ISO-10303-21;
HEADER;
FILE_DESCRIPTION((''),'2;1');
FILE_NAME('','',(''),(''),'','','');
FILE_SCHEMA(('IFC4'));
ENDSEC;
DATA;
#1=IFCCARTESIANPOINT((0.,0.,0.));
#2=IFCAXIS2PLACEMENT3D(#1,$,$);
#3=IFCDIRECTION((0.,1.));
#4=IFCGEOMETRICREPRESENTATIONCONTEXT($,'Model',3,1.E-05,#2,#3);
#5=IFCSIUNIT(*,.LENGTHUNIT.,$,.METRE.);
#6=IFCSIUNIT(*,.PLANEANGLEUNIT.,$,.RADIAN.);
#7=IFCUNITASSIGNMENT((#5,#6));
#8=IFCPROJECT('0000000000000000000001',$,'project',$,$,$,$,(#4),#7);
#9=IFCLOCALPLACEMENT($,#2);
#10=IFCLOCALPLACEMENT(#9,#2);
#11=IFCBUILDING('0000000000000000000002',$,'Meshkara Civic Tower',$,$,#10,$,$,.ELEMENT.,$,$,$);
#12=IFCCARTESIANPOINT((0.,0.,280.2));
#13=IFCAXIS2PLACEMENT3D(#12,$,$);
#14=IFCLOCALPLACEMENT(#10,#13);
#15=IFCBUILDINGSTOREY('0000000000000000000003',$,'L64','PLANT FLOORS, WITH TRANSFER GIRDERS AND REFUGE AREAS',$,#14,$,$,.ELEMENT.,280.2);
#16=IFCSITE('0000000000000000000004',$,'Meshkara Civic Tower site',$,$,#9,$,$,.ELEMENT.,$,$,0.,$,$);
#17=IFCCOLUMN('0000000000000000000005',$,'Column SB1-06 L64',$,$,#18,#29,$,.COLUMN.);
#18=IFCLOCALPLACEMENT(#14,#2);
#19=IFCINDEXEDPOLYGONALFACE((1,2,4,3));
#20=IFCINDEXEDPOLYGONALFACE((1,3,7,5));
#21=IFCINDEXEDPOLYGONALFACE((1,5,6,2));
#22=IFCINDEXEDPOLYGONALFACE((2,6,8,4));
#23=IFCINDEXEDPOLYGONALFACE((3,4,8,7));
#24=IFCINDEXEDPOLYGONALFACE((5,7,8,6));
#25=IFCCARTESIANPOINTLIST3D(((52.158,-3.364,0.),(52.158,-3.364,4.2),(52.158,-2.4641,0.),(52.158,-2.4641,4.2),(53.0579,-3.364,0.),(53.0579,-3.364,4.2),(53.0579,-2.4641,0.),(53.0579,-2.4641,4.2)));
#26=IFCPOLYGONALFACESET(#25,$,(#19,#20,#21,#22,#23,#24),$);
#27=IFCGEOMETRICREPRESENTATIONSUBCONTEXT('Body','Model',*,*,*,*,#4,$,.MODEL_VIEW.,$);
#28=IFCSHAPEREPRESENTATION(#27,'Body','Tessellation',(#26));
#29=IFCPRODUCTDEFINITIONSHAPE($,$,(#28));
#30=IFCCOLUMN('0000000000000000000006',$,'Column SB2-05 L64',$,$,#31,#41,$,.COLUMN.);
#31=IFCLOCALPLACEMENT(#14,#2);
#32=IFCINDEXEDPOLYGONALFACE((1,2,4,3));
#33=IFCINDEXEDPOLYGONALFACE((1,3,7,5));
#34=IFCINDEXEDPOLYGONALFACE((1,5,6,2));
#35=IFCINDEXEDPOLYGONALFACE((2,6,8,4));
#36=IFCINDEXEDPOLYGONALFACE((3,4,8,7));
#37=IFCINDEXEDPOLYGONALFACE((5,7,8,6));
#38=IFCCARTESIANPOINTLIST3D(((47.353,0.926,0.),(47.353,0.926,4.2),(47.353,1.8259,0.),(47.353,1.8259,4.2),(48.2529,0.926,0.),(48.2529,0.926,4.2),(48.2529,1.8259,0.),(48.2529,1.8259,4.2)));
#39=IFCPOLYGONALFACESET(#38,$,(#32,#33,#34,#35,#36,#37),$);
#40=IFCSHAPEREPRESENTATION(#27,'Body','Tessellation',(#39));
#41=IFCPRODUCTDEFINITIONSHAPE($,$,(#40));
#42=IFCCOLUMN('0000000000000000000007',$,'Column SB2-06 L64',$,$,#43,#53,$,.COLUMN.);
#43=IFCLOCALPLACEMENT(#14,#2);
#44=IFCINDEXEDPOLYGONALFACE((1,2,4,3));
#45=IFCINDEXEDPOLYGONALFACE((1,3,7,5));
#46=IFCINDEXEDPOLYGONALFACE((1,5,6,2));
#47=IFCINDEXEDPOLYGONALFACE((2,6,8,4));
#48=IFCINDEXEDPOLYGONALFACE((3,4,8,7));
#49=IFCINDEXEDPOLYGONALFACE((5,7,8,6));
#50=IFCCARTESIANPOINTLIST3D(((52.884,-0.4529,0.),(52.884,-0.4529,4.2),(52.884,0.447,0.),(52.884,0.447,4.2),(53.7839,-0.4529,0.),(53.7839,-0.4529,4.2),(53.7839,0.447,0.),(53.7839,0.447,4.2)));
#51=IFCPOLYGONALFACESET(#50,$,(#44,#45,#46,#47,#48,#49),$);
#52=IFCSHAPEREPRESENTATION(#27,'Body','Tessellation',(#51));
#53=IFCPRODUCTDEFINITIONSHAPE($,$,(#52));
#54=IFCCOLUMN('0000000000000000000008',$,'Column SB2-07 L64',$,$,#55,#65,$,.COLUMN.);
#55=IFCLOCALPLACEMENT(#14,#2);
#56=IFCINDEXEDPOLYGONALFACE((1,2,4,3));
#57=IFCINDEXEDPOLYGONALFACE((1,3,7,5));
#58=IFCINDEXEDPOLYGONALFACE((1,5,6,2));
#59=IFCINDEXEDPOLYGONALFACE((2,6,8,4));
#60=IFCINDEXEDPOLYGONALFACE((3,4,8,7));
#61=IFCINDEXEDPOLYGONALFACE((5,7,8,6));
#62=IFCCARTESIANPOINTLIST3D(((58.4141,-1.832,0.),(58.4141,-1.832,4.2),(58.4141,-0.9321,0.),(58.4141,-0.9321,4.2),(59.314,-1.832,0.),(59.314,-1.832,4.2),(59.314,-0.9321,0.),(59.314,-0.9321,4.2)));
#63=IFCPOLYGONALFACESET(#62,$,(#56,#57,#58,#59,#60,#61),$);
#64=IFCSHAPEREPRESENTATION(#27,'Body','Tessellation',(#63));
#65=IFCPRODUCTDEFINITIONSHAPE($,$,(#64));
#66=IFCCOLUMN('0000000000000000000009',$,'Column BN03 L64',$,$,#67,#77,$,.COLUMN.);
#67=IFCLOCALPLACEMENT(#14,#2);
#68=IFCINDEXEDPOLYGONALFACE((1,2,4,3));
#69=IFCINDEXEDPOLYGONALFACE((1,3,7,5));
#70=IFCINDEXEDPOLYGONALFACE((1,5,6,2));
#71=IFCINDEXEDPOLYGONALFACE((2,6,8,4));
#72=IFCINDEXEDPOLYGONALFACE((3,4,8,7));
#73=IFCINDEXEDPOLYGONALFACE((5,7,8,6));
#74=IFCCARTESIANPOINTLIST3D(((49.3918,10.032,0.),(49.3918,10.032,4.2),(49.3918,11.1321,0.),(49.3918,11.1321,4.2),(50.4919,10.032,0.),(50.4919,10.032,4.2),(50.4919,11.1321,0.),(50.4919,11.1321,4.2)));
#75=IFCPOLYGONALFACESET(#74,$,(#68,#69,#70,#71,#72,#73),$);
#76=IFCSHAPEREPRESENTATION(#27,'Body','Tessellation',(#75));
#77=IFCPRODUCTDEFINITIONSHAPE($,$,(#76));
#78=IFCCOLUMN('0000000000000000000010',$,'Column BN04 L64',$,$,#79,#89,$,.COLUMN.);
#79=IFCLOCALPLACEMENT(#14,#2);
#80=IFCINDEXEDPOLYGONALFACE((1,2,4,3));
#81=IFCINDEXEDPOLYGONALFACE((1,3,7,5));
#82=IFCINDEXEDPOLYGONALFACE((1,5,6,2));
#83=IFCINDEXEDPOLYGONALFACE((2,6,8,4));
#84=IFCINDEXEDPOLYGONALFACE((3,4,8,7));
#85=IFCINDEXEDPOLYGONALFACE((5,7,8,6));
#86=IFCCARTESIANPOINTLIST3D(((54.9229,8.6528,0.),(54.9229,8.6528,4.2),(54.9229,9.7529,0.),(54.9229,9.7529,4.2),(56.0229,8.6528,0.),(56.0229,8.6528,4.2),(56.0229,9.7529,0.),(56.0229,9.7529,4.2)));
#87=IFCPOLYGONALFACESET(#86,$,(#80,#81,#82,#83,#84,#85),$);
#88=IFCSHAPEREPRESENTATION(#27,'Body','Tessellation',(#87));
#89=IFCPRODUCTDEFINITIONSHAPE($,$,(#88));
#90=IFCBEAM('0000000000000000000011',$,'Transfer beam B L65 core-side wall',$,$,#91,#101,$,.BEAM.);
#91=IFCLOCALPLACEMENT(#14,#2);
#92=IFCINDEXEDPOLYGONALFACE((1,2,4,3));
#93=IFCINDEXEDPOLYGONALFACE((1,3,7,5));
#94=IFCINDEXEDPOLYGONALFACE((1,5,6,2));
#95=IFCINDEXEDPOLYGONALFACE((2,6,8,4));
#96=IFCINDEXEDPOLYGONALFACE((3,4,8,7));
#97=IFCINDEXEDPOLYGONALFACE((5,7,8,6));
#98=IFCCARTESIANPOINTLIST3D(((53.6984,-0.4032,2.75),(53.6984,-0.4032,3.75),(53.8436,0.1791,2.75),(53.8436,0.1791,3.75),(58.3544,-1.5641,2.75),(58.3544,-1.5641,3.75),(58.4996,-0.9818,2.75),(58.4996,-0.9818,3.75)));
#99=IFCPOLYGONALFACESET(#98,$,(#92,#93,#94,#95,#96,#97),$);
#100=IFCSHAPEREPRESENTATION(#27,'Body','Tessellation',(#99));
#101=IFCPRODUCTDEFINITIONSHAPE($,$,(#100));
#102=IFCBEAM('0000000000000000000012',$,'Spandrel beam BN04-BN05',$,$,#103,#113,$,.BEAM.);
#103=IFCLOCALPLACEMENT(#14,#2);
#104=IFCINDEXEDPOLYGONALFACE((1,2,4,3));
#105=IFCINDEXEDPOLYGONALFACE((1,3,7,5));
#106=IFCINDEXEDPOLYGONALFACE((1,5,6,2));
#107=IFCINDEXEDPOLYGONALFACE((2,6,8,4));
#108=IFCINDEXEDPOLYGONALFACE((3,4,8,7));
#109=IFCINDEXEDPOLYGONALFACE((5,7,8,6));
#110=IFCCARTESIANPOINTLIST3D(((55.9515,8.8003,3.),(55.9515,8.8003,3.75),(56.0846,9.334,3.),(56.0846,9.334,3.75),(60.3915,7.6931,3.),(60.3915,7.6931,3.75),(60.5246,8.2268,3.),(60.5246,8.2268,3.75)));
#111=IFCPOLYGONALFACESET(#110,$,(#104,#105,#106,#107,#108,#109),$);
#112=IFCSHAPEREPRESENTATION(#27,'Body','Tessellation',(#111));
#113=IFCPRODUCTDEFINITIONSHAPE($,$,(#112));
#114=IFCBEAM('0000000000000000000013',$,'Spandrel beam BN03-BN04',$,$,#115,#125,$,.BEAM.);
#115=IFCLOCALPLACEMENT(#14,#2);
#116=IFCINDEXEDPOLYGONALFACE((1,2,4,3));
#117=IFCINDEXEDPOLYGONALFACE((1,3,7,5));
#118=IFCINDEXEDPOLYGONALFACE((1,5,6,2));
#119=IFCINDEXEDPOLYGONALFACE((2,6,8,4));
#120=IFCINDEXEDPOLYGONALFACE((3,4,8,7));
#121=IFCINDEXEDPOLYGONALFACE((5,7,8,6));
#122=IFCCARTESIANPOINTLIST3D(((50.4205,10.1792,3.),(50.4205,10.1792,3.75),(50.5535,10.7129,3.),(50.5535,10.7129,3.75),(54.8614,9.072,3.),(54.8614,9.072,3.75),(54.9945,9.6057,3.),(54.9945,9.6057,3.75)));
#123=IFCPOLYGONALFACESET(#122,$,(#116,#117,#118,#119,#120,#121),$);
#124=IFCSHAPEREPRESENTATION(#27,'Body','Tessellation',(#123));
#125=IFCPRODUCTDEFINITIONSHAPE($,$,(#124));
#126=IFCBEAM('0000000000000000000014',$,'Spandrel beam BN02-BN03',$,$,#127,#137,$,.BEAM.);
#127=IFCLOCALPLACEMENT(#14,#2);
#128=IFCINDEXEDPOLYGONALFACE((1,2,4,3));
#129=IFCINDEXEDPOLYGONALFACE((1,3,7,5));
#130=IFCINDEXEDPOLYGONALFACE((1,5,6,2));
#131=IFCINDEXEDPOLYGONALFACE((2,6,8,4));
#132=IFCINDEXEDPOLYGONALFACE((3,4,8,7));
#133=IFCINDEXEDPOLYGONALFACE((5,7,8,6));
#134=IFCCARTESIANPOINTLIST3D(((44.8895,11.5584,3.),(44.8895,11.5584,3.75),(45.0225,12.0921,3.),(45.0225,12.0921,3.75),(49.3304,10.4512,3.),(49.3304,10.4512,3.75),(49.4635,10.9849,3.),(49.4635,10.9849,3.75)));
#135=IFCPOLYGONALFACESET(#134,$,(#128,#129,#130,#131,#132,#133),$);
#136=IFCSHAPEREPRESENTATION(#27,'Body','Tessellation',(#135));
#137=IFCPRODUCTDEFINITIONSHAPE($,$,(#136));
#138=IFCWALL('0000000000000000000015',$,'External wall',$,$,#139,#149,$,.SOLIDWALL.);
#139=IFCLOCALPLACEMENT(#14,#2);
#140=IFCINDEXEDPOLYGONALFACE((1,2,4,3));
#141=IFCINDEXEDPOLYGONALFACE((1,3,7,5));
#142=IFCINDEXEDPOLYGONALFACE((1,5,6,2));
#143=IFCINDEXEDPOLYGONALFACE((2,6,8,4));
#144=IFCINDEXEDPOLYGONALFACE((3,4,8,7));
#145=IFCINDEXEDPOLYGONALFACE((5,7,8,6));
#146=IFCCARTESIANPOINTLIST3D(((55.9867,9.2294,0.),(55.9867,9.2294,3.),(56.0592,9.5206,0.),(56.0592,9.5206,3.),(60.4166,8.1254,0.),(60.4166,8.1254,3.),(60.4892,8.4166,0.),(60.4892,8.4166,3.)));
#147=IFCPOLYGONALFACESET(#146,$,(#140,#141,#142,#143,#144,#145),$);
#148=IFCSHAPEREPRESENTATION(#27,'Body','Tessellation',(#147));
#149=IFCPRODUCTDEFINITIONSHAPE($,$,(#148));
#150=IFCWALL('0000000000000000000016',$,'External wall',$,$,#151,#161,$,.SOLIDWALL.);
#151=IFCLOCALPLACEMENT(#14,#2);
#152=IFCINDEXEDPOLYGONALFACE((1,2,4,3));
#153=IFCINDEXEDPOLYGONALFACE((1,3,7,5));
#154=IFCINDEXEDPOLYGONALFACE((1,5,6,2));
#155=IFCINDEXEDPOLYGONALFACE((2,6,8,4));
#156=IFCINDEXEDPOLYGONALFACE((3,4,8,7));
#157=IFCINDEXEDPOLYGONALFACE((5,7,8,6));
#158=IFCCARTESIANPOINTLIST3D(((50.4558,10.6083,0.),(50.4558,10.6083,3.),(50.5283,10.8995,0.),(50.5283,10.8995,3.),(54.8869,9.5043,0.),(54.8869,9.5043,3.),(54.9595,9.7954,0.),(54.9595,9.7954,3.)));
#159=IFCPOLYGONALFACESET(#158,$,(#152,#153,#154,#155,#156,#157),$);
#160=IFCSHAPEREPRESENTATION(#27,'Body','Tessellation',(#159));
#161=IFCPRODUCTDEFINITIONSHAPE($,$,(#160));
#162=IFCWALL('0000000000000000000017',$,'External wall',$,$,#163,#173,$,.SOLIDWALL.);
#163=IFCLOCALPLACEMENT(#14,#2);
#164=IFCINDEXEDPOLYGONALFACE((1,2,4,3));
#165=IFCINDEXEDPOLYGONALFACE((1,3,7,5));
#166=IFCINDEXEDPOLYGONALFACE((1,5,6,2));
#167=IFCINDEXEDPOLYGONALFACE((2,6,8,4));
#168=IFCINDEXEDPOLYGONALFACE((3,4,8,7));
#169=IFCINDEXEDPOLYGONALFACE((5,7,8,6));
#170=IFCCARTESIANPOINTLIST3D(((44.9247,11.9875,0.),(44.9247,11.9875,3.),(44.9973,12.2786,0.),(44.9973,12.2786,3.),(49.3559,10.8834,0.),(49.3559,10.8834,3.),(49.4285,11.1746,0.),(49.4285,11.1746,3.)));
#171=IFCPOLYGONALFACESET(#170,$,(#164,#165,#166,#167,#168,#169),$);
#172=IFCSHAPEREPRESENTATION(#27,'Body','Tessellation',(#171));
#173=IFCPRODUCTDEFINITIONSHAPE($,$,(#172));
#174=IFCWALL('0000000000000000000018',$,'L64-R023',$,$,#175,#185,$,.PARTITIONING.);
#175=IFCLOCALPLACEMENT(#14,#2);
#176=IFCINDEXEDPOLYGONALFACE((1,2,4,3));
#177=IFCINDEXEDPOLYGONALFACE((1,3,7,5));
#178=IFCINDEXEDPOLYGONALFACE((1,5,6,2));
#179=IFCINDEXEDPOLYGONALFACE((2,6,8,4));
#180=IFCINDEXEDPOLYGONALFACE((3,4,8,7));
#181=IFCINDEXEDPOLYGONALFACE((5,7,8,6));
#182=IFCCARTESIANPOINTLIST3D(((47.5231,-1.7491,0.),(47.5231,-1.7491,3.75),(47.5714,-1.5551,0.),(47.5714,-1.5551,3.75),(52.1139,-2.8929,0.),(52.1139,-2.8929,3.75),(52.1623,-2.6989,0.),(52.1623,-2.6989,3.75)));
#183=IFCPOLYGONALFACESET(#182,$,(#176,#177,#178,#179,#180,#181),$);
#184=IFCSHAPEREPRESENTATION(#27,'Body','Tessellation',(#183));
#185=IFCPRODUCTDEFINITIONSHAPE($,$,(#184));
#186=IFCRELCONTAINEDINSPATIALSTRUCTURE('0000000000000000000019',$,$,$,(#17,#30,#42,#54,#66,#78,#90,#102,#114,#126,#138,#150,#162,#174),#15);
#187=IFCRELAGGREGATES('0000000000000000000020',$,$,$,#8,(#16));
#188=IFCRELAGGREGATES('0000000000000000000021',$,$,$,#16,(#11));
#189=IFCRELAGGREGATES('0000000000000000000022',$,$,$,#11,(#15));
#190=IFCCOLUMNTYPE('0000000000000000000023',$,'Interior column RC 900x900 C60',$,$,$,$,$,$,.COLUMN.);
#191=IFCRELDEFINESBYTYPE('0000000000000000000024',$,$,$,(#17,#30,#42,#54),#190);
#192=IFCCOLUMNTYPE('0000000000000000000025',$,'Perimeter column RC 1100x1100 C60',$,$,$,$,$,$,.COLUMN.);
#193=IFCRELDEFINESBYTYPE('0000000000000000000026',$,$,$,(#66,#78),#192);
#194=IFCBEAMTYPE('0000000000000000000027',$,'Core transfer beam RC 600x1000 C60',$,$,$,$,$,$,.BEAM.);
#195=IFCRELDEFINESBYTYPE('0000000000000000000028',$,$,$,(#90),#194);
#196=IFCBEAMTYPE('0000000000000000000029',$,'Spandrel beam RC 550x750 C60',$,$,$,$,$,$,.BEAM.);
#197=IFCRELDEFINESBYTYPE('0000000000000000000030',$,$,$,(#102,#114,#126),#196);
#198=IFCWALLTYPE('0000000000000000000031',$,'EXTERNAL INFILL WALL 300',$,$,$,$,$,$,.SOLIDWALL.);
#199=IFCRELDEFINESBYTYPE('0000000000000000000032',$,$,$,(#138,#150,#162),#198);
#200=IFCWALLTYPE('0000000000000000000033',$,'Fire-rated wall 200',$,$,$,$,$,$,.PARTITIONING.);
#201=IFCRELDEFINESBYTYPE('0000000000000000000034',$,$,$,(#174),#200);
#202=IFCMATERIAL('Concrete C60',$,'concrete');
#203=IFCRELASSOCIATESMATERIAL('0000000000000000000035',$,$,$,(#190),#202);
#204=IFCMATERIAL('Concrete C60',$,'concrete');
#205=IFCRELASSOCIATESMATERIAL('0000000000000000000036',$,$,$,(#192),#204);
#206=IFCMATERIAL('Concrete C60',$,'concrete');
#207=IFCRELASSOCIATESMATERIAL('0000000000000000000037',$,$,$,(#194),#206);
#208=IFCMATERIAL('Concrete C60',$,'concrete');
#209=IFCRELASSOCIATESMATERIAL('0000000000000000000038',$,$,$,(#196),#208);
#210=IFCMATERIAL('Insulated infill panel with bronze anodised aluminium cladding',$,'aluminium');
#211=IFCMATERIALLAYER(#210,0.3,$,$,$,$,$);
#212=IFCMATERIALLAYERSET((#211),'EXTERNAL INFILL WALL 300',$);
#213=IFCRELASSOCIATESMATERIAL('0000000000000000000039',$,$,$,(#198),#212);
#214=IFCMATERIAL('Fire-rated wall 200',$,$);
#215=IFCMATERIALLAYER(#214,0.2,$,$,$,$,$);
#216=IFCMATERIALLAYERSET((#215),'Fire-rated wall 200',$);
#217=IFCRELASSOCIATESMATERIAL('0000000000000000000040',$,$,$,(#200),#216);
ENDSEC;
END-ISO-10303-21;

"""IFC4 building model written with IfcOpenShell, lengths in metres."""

from ifc_helpers import new_model, si_unit, direction, frame, frame_2d, origin, origin_2d, place, context, subcontext, project, spatial, rectangle, extrude, material, layer, layer_set, material_profile, profile_set, type_object, element, save


model = new_model("IFC4")

# Units and contexts
model_context = context("Model", 3, precision=1e-05, world=origin(), true_north=direction((0.0, 1.0)))
body_context = subcontext(model_context, "Body", "Model", "MODEL_VIEW")
ifc_project = project(units=[si_unit("LENGTHUNIT", "METRE"), si_unit("PLANEANGLEUNIT", "RADIAN")], contexts=[model_context])

# Site, building, storey
site_placement = place(None, origin())
site = spatial("IfcSite", under=ifc_project, at=site_placement, Name="Meshkara Civic Tower site", CompositionType="ELEMENT", RefElevation=0.0)
building_placement = place(site_placement, origin())
building = spatial("IfcBuilding", under=site, at=building_placement, Name="Meshkara Civic Tower", CompositionType="ELEMENT")
storey_placement = place(building_placement, frame((0.0, 0.0, 280.2)))
storey = spatial("IfcBuildingStorey", under=building, at=storey_placement, Name="L64", Description="PLANT FLOORS, WITH TRANSFER GIRDERS AND REFUGE AREAS", CompositionType="ELEMENT", Elevation=280.2)

# Columns
ifc_material_1 = material(Name="Concrete C60", Category="concrete")
ifc_material_profile_1 = material_profile(ifc_material_1, rectangle(XDim=0.8999, YDim=0.8999, at=origin_2d()))
ifc_profile_set_1 = profile_set([ifc_material_profile_1], Name="Concrete C60")
column_type_1 = type_object("IfcColumnType", Name="Interior column RC 900x900 C60", PredefinedType="COLUMN", material=ifc_profile_set_1)
for number, where, z_axis, x_axis, name in (
    (1, (52.6079, -2.9141, 0.0), (0.0, 0.0, 1.0), (1.0, 0.0, 0.0), "Column SB1-06 L64"),
    (2, (47.803, 1.376, 0.0), (0.0, 0.0, 1.0), (1.0, 0.0, 0.0), "Column SB2-05 L64"),
    (3, (53.334, -0.0029, 0.0), (0.0, 0.0, 1.0), (1.0, 0.0, 0.0), "Column SB2-06 L64"),
    (4, (58.864, -1.3821, 0.0), (0.0, 0.0, 1.0), (1.0, 0.0, 0.0), "Column SB2-07 L64"),
):
    element("IfcColumn", number, at=place(storey_placement, frame(where, z_axis=z_axis, x_axis=x_axis)), inside=storey, type_object=column_type_1, Name=name, PredefinedType="COLUMN", context=body_context, shape_type="SweptSolid", body=[
        extrude(rectangle(XDim=0.8999, YDim=0.8999, at=origin_2d()), origin(), (0.0, 0.0, 1.0), 4.2),
    ])
ifc_material_2 = material(Name="Concrete C60", Category="concrete")
ifc_material_profile_2 = material_profile(ifc_material_2, rectangle(XDim=1.1001, YDim=1.1001, at=origin_2d()))
ifc_profile_set_2 = profile_set([ifc_material_profile_2], Name="Concrete C60")
column_type_2 = type_object("IfcColumnType", Name="Perimeter column RC 1100x1100 C60", PredefinedType="COLUMN", material=ifc_profile_set_2)
for number, where, z_axis, x_axis, name in (
    (5, (49.9419, 10.582, 0.0), (0.0, 0.0, 1.0), (1.0, 0.0, 0.0), "Column BN03 L64"),
    (6, (55.4729, 9.2029, 0.0), (0.0, 0.0, 1.0), (1.0, 0.0, 0.0), "Column BN04 L64"),
):
    element("IfcColumn", number, at=place(storey_placement, frame(where, z_axis=z_axis, x_axis=x_axis)), inside=storey, type_object=column_type_2, Name=name, PredefinedType="COLUMN", context=body_context, shape_type="SweptSolid", body=[
        extrude(rectangle(XDim=1.1001, YDim=1.1001, at=origin_2d()), origin(), (0.0, 0.0, 1.0), 4.2),
    ])

# Beams
ifc_material_3 = material(Name="Concrete C60", Category="concrete")
ifc_material_profile_3 = material_profile(ifc_material_3, rectangle(XDim=0.6001, YDim=1.0, at=origin_2d()))
ifc_profile_set_3 = profile_set([ifc_material_profile_3], Name="Concrete C60")
beam_type_1 = type_object("IfcBeamType", Name="Core transfer beam RC 600x1000 C60", PredefinedType="BEAM", material=ifc_profile_set_3)
beam_1_placement = place(storey_placement, frame((53.771, -0.1121, 3.25), z_axis=(0.970295, -0.241925, 0.0), x_axis=(0.241925, 0.970295, 0.0)))
element("IfcBeam", 7, at=beam_1_placement, inside=storey, type_object=beam_type_1, Name="Transfer beam B L65 core-side wall", PredefinedType="BEAM", context=body_context, shape_type="SweptSolid", body=[
    extrude(rectangle(XDim=0.6001, YDim=1.0, at=origin_2d()), origin(), (0.0, 0.0, 1.0), 4.7986),
])
ifc_material_4 = material(Name="Concrete C60", Category="concrete")
ifc_material_profile_4 = material_profile(ifc_material_4, rectangle(XDim=0.55, YDim=0.75, at=origin_2d()))
ifc_profile_set_4 = profile_set([ifc_material_profile_4], Name="Concrete C60")
beam_type_2 = type_object("IfcBeamType", Name="Spandrel beam RC 550x750 C60", PredefinedType="BEAM", material=ifc_profile_set_4)
beam_2_placement = place(storey_placement, frame((60.458, 7.96, 3.375), z_axis=(-0.970287, 0.241958, 0.0), x_axis=(-0.241958, -0.970287, 0.0)))
element("IfcBeam", 8, at=beam_2_placement, inside=storey, type_object=beam_type_2, Name="Spandrel beam BN04-BN05", PredefinedType="BEAM", context=body_context, shape_type="SweptSolid", body=[
    extrude(rectangle(XDim=0.55, YDim=0.75, at=origin_2d()), origin(), (0.0, 0.0, 1.0), 4.5759),
])
for number, where, z_axis, x_axis, name in (
    (9, (54.928, 9.3389, 3.375), (-0.970299, 0.241908, 0.0), (-0.241908, -0.970299, 0.0), "Spandrel beam BN03-BN04"),
    (10, (49.397, 10.718, 3.375), (-0.970299, 0.241908, 0.0), (-0.241908, -0.970299, 0.0), "Spandrel beam BN02-BN03"),
):
    element("IfcBeam", number, at=place(storey_placement, frame(where, z_axis=z_axis, x_axis=x_axis)), inside=storey, type_object=beam_type_2, Name=name, PredefinedType="BEAM", context=body_context, shape_type="SweptSolid", body=[
        extrude(rectangle(XDim=0.55, YDim=0.75, at=origin_2d()), origin(), (0.0, 0.0, 1.0), 4.5769),
    ])

# Walls
ifc_material_5 = material(Name="Insulated infill panel with bronze anodised aluminium cladding", Category="aluminium")
ifc_layer_1 = layer(ifc_material_5, 0.3)
ifc_layer_set_1 = layer_set([ifc_layer_1], Name="EXTERNAL INFILL WALL 300")
wall_type_1 = type_object("IfcWallType", Name="EXTERNAL INFILL WALL 300", PredefinedType="SOLIDWALL", material=ifc_layer_set_1)
wall_1_placement = place(storey_placement, frame((60.4529, 8.271, 0.0), z_axis=(0.0, 0.0, 1.0), x_axis=(-0.970322, 0.241818, 0.0)))
element("IfcWall", 11, at=wall_1_placement, inside=storey, type_object=wall_type_1, Name="External wall", PredefinedType="SOLIDWALL", context=body_context, shape_type="SweptSolid", body=[
    extrude(rectangle(XDim=4.5654, YDim=0.3, at=frame_2d((2.2827, 0.0))), origin(), (0.0, 0.0, 1.0), 3.0),
])
for number, where, z_axis, x_axis, name in (
    (12, (54.9231, 9.6499, 0.0), (0.0, 0.0, 1.0), (-0.970337, 0.241756, 0.0), "External wall"),
    (13, (49.3921, 11.0291, 0.0), (0.0, 0.0, 1.0), (-0.970337, 0.241756, 0.0), "External wall"),
):
    element("IfcWall", number, at=place(storey_placement, frame(where, z_axis=z_axis, x_axis=x_axis)), inside=storey, type_object=wall_type_1, Name=name, PredefinedType="SOLIDWALL", context=body_context, shape_type="SweptSolid", body=[
        extrude(rectangle(XDim=4.5667, YDim=0.3, at=frame_2d((2.2832, 0.0))), origin(), (0.0, 0.0, 1.0), 3.0),
    ])
ifc_material_6 = material(Name="Fire-rated wall 200")
ifc_layer_2 = layer(ifc_material_6, 0.2)
ifc_layer_set_2 = layer_set([ifc_layer_2], Name="Fire-rated wall 200")
wall_type_2 = type_object("IfcWallType", Name="Fire-rated wall 200", PredefinedType="PARTITIONING", material=ifc_layer_set_2)
wall_2_placement = place(storey_placement, frame((47.5471, -1.6521, 0.0), z_axis=(0.0, 0.0, 1.0), x_axis=(0.970336, -0.241758, 0.0)))
element("IfcWall", 14, at=wall_2_placement, inside=storey, type_object=wall_type_2, Name="L64-R023", PredefinedType="PARTITIONING", context=body_context, shape_type="SweptSolid", body=[
    extrude(rectangle(XDim=4.7312, YDim=0.2, at=frame_2d((2.3657, 0.0))), origin(), (0.0, 0.0, 1.0), 3.75),
])

save(model, "model.ifc")
